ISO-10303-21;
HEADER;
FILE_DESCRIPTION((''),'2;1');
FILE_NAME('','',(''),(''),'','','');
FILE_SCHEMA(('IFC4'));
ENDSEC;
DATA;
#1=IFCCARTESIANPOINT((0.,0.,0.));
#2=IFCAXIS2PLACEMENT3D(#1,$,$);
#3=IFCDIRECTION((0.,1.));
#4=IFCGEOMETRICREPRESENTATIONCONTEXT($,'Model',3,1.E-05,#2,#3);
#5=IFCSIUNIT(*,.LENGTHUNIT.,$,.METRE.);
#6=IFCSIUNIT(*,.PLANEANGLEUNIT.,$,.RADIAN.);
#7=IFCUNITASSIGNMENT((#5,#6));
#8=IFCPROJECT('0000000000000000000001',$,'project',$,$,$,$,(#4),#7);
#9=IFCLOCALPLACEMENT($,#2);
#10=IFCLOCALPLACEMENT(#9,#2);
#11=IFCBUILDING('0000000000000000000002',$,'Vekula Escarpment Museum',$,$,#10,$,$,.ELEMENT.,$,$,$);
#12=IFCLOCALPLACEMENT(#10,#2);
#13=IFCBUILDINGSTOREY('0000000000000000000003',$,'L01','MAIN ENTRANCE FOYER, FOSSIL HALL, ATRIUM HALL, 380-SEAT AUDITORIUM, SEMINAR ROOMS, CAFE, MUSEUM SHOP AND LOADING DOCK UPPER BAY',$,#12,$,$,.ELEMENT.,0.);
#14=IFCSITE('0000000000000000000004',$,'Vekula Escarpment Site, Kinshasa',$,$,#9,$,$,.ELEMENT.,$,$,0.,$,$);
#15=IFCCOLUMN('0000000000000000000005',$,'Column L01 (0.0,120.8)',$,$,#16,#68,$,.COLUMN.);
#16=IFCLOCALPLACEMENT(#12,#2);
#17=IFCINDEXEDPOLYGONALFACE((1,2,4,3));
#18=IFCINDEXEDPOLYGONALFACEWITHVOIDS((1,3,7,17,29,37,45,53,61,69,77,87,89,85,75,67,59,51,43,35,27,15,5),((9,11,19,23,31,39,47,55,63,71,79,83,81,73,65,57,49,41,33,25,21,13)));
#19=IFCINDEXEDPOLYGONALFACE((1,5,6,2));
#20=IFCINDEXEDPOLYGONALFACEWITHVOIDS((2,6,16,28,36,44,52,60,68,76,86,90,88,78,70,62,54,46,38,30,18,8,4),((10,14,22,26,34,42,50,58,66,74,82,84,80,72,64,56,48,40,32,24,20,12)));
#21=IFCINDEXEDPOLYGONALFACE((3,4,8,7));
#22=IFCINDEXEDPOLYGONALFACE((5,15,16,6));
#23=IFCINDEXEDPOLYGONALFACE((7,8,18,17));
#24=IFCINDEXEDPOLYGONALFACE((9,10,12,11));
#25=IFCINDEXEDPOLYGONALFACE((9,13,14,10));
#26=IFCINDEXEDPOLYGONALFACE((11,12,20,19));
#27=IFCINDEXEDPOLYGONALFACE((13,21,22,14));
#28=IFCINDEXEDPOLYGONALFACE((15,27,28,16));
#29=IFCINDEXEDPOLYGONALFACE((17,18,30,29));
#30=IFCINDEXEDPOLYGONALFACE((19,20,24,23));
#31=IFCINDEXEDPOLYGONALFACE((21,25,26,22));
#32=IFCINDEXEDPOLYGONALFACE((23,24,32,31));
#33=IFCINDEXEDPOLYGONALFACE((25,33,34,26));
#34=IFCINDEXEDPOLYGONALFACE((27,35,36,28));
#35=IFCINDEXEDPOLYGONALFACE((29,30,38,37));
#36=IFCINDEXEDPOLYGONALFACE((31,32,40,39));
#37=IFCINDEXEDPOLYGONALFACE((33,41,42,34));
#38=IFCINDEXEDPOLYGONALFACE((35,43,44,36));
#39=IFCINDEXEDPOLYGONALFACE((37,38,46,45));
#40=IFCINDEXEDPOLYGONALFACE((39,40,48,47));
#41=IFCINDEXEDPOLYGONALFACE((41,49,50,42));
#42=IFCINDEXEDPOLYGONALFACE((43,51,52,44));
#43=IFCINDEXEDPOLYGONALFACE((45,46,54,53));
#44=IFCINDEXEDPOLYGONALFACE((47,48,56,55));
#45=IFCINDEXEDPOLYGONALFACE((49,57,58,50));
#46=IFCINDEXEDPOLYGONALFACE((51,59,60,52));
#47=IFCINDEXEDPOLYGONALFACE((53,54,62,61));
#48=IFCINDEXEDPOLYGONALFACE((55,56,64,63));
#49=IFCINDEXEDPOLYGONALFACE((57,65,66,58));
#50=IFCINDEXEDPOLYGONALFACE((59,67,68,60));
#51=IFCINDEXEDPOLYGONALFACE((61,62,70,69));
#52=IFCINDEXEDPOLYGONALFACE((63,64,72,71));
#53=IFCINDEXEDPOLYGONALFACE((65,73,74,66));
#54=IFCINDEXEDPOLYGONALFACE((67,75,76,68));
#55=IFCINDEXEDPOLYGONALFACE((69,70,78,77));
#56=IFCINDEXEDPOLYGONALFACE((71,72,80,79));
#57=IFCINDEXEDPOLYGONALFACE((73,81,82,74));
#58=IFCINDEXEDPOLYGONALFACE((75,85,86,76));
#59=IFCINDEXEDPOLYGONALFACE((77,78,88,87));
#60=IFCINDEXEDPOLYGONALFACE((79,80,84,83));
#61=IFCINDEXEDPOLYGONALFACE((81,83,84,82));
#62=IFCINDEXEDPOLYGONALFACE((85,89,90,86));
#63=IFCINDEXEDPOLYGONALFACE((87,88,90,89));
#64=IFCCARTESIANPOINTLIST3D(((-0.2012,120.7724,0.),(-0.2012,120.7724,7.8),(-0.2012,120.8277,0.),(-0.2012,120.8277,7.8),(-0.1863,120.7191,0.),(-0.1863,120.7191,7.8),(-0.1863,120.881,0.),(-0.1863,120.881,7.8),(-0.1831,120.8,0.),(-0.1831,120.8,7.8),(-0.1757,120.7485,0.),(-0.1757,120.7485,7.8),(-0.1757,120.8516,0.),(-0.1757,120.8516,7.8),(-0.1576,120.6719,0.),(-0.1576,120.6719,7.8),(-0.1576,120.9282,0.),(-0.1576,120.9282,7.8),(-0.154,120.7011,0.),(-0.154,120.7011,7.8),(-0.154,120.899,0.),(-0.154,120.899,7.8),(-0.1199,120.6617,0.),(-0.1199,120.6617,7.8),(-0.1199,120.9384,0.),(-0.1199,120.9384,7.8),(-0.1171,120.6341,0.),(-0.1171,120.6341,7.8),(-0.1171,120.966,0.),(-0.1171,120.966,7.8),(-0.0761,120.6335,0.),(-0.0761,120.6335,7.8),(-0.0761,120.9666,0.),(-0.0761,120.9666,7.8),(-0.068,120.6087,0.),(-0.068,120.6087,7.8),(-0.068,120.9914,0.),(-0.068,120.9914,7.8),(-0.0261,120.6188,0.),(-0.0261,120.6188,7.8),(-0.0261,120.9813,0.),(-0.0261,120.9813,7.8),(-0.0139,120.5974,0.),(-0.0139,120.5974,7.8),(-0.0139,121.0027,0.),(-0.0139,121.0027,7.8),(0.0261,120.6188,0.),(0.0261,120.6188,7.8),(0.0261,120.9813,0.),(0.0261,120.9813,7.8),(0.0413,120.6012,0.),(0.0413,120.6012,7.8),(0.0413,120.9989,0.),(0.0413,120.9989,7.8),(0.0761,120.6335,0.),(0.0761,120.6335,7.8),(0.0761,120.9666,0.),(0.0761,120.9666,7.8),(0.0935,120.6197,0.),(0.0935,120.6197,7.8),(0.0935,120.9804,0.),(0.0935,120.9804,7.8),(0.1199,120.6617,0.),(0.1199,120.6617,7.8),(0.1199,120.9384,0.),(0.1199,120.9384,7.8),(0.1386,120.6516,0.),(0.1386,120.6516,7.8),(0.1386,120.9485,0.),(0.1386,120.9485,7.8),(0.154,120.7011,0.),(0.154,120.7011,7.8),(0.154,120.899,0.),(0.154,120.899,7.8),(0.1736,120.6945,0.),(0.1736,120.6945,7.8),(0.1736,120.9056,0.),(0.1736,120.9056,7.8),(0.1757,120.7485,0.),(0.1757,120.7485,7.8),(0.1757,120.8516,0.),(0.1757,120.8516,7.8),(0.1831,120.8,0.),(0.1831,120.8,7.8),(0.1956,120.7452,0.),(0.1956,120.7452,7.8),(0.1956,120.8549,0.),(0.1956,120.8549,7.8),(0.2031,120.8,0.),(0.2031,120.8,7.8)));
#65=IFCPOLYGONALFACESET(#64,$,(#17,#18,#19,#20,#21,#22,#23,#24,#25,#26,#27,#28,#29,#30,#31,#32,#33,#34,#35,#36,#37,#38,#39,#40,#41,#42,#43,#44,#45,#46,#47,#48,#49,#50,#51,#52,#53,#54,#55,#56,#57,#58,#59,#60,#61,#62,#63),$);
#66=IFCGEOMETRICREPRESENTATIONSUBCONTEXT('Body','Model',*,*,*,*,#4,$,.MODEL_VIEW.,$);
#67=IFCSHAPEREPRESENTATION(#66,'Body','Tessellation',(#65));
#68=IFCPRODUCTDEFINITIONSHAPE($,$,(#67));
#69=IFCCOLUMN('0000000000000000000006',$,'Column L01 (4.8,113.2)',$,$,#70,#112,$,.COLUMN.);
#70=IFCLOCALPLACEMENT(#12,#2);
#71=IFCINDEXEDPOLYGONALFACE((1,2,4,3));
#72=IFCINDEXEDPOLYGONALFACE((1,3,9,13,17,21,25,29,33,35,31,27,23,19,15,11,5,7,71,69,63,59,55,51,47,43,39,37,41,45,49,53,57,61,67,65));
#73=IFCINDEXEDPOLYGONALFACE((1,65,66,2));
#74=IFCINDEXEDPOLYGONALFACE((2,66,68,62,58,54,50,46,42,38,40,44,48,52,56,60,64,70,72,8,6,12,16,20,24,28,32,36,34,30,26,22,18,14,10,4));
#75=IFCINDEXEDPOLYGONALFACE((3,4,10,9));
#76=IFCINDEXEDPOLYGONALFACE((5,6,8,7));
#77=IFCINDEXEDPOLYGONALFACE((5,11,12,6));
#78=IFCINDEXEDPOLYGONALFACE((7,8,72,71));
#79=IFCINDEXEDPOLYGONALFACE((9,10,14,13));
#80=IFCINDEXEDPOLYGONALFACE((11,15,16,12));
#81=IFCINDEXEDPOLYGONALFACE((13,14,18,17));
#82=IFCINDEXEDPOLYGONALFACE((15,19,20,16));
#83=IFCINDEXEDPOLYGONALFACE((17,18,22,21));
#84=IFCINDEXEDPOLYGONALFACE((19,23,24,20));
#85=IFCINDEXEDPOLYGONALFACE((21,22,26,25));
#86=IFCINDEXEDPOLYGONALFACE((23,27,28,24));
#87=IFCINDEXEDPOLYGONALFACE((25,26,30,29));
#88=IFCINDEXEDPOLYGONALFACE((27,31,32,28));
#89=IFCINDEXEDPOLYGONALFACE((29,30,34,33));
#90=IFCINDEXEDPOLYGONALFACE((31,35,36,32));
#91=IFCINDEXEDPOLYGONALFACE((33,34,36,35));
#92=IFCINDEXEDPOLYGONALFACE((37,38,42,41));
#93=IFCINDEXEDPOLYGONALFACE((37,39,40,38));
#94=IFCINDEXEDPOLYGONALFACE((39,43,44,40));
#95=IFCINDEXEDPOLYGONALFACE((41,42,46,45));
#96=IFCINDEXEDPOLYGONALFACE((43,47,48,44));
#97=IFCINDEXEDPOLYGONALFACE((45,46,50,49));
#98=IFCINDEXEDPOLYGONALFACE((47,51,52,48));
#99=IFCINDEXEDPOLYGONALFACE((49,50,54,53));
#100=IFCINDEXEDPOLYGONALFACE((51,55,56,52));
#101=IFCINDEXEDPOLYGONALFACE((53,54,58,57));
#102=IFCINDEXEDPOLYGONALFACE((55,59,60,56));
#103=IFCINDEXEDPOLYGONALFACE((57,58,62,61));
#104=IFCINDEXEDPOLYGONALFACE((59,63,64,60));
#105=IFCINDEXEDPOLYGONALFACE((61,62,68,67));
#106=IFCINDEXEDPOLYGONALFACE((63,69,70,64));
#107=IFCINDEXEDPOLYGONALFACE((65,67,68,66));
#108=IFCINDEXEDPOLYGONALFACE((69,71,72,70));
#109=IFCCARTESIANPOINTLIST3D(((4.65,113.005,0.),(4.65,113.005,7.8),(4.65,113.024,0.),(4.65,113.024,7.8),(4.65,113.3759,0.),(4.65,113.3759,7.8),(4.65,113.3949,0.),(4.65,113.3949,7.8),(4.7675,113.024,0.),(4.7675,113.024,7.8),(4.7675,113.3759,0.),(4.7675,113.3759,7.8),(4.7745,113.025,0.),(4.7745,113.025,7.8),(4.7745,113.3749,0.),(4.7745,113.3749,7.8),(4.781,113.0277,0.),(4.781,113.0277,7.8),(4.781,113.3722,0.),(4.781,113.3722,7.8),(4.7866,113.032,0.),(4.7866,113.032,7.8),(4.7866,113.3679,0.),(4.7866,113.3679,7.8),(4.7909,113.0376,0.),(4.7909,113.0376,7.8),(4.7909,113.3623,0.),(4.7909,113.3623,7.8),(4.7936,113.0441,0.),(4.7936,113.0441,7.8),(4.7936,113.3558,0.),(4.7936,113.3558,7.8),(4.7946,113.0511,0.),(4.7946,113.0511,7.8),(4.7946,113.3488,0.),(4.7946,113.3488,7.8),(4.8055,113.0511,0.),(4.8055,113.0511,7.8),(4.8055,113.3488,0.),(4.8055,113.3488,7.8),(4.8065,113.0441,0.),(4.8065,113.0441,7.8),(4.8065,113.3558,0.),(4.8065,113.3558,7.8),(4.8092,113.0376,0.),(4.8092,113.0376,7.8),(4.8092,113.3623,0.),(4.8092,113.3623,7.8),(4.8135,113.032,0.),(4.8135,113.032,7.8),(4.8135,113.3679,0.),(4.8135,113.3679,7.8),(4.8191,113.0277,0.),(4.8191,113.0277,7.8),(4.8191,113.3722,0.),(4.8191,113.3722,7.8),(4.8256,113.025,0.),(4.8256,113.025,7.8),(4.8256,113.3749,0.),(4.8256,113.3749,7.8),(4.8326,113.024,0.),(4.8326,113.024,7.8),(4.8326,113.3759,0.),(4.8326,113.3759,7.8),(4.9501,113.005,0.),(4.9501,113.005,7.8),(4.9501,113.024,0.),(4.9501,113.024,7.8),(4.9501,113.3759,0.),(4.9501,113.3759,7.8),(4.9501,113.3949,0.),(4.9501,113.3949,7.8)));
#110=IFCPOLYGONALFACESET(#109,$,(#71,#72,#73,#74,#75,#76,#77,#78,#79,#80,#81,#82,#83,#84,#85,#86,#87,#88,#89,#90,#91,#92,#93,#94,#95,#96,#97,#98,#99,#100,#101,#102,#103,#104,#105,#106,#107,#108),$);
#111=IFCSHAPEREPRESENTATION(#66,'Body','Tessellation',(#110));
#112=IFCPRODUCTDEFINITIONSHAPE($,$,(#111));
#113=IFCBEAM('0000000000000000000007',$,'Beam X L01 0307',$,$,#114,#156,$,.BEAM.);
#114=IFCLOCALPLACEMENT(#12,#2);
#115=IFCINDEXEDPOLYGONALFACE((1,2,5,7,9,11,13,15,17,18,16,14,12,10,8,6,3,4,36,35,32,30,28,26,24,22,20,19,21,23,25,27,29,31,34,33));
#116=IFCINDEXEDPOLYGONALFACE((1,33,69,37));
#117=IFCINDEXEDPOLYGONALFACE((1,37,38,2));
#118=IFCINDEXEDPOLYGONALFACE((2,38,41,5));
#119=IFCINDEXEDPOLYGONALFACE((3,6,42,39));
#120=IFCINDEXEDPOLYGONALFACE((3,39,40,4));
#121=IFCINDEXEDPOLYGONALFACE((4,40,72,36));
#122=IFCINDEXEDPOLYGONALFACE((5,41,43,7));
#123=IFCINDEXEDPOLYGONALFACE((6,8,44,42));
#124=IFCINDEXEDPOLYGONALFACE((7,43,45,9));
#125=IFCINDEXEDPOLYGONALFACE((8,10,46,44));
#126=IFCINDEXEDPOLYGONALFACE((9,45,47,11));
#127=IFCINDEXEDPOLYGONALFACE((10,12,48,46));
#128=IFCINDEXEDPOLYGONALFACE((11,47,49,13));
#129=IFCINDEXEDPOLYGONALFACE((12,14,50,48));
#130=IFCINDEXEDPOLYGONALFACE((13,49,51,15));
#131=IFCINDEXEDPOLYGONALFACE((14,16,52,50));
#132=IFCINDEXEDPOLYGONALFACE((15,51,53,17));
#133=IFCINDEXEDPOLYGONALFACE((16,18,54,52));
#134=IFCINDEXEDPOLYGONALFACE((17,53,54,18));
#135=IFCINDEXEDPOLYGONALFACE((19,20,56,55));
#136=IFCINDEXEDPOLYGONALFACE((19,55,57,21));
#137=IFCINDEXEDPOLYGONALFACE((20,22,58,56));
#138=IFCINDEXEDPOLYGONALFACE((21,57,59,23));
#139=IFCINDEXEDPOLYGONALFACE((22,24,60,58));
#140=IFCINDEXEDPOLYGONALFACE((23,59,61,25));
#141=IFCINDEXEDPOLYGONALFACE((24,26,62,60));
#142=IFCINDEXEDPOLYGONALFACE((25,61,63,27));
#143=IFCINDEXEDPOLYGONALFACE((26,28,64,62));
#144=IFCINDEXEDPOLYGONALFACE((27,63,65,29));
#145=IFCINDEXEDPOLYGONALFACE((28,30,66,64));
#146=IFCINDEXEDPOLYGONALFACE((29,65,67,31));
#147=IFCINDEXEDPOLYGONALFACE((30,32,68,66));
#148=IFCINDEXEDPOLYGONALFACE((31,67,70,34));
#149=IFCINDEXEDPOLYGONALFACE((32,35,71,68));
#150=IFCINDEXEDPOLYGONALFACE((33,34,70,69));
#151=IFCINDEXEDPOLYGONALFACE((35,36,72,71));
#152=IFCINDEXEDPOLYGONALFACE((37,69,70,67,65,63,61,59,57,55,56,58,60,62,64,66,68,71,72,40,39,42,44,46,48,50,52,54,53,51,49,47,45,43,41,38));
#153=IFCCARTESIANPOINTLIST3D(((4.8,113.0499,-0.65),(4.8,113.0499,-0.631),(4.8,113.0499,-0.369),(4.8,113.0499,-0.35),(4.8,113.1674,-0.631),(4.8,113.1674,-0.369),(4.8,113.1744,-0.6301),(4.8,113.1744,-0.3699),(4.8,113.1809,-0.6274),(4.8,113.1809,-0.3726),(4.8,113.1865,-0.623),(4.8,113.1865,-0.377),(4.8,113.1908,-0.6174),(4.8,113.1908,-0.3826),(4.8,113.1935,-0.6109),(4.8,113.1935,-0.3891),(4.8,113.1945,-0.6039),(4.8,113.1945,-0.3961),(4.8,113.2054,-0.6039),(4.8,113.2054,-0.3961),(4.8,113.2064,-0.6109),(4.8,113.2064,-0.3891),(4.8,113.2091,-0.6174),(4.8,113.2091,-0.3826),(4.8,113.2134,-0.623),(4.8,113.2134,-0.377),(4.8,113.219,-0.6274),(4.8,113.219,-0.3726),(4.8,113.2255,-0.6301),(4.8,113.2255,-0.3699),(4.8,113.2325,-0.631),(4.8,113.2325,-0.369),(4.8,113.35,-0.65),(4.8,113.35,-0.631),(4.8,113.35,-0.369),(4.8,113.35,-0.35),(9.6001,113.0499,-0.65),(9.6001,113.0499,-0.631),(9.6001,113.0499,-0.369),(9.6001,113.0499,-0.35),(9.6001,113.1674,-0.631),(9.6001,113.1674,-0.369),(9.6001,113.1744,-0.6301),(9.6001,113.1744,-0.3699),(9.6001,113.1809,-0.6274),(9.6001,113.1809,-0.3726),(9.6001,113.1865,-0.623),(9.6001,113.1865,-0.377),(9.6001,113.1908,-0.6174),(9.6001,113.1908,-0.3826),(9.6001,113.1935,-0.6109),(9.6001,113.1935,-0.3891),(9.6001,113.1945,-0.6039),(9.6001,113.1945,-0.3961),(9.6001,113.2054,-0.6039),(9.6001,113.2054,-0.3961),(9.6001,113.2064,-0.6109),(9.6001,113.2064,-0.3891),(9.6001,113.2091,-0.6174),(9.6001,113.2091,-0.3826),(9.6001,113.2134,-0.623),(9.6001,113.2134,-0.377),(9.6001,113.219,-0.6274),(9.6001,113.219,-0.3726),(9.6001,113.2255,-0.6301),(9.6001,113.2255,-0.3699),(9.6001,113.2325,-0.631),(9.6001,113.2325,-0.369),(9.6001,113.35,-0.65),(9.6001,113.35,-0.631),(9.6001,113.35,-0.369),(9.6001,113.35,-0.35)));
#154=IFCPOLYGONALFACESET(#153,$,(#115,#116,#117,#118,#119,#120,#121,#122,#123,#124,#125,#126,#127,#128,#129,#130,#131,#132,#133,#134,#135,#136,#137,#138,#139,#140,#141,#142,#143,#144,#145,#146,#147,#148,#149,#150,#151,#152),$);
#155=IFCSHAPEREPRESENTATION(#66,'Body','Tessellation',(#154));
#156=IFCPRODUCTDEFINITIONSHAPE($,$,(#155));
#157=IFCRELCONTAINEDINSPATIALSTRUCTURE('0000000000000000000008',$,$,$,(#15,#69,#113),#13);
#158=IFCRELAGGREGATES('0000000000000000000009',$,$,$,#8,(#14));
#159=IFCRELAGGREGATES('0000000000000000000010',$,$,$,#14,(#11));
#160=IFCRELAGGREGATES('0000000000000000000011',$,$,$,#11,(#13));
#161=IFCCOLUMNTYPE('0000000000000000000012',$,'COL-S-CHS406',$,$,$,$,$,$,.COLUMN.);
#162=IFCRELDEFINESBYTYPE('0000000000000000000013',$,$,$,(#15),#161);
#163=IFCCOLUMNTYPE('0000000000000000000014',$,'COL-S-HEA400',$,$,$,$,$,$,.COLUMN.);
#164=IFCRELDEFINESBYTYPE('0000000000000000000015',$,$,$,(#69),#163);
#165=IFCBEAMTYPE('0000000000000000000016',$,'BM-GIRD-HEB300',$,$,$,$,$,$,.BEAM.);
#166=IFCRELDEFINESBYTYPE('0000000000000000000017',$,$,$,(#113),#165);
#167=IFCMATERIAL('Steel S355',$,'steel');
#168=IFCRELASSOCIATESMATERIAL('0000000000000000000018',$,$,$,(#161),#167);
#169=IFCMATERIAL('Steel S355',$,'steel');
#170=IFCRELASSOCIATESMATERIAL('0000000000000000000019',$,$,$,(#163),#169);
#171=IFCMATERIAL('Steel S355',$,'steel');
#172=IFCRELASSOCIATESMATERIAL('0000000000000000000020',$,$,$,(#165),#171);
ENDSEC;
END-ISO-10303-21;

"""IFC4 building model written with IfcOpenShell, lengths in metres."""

from ifc_helpers import new_model, si_unit, direction, frame, origin, origin_2d, place, context, subcontext, project, spatial, hollow_circle, i_section, extrude, material, material_profile, profile_set, type_object, element, save


model = new_model("IFC4")

# Units and contexts
model_context = context("Model", 3, precision=1e-05, world=origin(), true_north=direction((0.0, 1.0)))
body_context = subcontext(model_context, "Body", "Model", "MODEL_VIEW")
ifc_project = project(units=[si_unit("LENGTHUNIT", "METRE"), si_unit("PLANEANGLEUNIT", "RADIAN")], contexts=[model_context])

# Site, building, storey
site_placement = place(None, origin())
site = spatial("IfcSite", under=ifc_project, at=site_placement, Name="Vekula Escarpment Site, Kinshasa", CompositionType="ELEMENT", RefElevation=0.0)
building_placement = place(site_placement, origin())
building = spatial("IfcBuilding", under=site, at=building_placement, Name="Vekula Escarpment Museum", CompositionType="ELEMENT")
storey_placement = place(building_placement, origin())
storey = spatial("IfcBuildingStorey", under=building, at=storey_placement, Name="L01", Description="MAIN ENTRANCE FOYER, FOSSIL HALL, ATRIUM HALL, 380-SEAT AUDITORIUM, SEMINAR ROOMS, CAFE, MUSEUM SHOP AND LOADING DOCK UPPER BAY", CompositionType="ELEMENT", Elevation=0.0)

# Columns
ifc_material_1 = material(Name="Steel S355", Category="steel")
ifc_material_profile_1 = material_profile(ifc_material_1, hollow_circle(Radius=0.2031, WallThickness=0.02, at=origin_2d()), Name="CHS 406.4x20")
ifc_profile_set_1 = profile_set([ifc_material_profile_1], Name="Steel S355")
column_type_1 = type_object("IfcColumnType", Name="COL-S-CHS406", PredefinedType="COLUMN", material=ifc_profile_set_1)
column_1_placement = place(storey_placement, frame((0.0, 120.8, 0.0), z_axis=(0.0, 0.0, 1.0), x_axis=(1.0, 0.0, 0.0)))
element("IfcColumn", 1, at=column_1_placement, inside=storey, type_object=column_type_1, Name="Column L01 (0.0,120.8)", PredefinedType="COLUMN", context=body_context, shape_type="SweptSolid", body=[
    extrude(hollow_circle(Radius=0.2031, WallThickness=0.02, at=origin_2d()), origin(), (0.0, 0.0, 1.0), 7.8),
])
ifc_material_2 = material(Name="Steel S355", Category="steel")
ifc_material_profile_2 = material_profile(ifc_material_2, i_section(OverallWidth=0.3, OverallDepth=0.3899, WebThickness=0.011, FlangeThickness=0.019, FilletRadius=0.0271, at=origin_2d()), Name="HEA 400")
ifc_profile_set_2 = profile_set([ifc_material_profile_2], Name="Steel S355")
column_type_2 = type_object("IfcColumnType", Name="COL-S-HEA400", PredefinedType="COLUMN", material=ifc_profile_set_2)
column_2_placement = place(storey_placement, frame((4.8, 113.2, 0.0), z_axis=(0.0, 0.0, 1.0), x_axis=(1.0, 0.0, 0.0)))
element("IfcColumn", 2, at=column_2_placement, inside=storey, type_object=column_type_2, Name="Column L01 (4.8,113.2)", PredefinedType="COLUMN", context=body_context, shape_type="SweptSolid", body=[
    extrude(i_section(OverallWidth=0.3, OverallDepth=0.3899, WebThickness=0.011, FlangeThickness=0.019, FilletRadius=0.0271, at=origin_2d()), origin(), (0.0, 0.0, 1.0), 7.8),
])

# Beam
ifc_material_3 = material(Name="Steel S355", Category="steel")
ifc_material_profile_3 = material_profile(ifc_material_3, i_section(OverallWidth=0.3, OverallDepth=0.3, WebThickness=0.011, FlangeThickness=0.019, FilletRadius=0.0271, at=origin_2d()), Name="HEB 300")
ifc_profile_set_3 = profile_set([ifc_material_profile_3], Name="Steel S355")
beam_type_1 = type_object("IfcBeamType", Name="BM-GIRD-HEB300", PredefinedType="BEAM", material=ifc_profile_set_3)
beam_1_placement = place(storey_placement, frame((4.8, 113.2, -0.5), z_axis=(1.0, 0.0, 0.0), x_axis=(0.0, 1.0, 0.0)))
element("IfcBeam", 3, at=beam_1_placement, inside=storey, type_object=beam_type_1, Name="Beam X L01 0307", PredefinedType="BEAM", context=body_context, shape_type="SweptSolid", body=[
    extrude(i_section(OverallWidth=0.3, OverallDepth=0.3, WebThickness=0.011, FlangeThickness=0.019, FilletRadius=0.0271, at=origin_2d()), origin(), (0.0, 0.0, 1.0), 4.8),
])

save(model, "model.ifc")
